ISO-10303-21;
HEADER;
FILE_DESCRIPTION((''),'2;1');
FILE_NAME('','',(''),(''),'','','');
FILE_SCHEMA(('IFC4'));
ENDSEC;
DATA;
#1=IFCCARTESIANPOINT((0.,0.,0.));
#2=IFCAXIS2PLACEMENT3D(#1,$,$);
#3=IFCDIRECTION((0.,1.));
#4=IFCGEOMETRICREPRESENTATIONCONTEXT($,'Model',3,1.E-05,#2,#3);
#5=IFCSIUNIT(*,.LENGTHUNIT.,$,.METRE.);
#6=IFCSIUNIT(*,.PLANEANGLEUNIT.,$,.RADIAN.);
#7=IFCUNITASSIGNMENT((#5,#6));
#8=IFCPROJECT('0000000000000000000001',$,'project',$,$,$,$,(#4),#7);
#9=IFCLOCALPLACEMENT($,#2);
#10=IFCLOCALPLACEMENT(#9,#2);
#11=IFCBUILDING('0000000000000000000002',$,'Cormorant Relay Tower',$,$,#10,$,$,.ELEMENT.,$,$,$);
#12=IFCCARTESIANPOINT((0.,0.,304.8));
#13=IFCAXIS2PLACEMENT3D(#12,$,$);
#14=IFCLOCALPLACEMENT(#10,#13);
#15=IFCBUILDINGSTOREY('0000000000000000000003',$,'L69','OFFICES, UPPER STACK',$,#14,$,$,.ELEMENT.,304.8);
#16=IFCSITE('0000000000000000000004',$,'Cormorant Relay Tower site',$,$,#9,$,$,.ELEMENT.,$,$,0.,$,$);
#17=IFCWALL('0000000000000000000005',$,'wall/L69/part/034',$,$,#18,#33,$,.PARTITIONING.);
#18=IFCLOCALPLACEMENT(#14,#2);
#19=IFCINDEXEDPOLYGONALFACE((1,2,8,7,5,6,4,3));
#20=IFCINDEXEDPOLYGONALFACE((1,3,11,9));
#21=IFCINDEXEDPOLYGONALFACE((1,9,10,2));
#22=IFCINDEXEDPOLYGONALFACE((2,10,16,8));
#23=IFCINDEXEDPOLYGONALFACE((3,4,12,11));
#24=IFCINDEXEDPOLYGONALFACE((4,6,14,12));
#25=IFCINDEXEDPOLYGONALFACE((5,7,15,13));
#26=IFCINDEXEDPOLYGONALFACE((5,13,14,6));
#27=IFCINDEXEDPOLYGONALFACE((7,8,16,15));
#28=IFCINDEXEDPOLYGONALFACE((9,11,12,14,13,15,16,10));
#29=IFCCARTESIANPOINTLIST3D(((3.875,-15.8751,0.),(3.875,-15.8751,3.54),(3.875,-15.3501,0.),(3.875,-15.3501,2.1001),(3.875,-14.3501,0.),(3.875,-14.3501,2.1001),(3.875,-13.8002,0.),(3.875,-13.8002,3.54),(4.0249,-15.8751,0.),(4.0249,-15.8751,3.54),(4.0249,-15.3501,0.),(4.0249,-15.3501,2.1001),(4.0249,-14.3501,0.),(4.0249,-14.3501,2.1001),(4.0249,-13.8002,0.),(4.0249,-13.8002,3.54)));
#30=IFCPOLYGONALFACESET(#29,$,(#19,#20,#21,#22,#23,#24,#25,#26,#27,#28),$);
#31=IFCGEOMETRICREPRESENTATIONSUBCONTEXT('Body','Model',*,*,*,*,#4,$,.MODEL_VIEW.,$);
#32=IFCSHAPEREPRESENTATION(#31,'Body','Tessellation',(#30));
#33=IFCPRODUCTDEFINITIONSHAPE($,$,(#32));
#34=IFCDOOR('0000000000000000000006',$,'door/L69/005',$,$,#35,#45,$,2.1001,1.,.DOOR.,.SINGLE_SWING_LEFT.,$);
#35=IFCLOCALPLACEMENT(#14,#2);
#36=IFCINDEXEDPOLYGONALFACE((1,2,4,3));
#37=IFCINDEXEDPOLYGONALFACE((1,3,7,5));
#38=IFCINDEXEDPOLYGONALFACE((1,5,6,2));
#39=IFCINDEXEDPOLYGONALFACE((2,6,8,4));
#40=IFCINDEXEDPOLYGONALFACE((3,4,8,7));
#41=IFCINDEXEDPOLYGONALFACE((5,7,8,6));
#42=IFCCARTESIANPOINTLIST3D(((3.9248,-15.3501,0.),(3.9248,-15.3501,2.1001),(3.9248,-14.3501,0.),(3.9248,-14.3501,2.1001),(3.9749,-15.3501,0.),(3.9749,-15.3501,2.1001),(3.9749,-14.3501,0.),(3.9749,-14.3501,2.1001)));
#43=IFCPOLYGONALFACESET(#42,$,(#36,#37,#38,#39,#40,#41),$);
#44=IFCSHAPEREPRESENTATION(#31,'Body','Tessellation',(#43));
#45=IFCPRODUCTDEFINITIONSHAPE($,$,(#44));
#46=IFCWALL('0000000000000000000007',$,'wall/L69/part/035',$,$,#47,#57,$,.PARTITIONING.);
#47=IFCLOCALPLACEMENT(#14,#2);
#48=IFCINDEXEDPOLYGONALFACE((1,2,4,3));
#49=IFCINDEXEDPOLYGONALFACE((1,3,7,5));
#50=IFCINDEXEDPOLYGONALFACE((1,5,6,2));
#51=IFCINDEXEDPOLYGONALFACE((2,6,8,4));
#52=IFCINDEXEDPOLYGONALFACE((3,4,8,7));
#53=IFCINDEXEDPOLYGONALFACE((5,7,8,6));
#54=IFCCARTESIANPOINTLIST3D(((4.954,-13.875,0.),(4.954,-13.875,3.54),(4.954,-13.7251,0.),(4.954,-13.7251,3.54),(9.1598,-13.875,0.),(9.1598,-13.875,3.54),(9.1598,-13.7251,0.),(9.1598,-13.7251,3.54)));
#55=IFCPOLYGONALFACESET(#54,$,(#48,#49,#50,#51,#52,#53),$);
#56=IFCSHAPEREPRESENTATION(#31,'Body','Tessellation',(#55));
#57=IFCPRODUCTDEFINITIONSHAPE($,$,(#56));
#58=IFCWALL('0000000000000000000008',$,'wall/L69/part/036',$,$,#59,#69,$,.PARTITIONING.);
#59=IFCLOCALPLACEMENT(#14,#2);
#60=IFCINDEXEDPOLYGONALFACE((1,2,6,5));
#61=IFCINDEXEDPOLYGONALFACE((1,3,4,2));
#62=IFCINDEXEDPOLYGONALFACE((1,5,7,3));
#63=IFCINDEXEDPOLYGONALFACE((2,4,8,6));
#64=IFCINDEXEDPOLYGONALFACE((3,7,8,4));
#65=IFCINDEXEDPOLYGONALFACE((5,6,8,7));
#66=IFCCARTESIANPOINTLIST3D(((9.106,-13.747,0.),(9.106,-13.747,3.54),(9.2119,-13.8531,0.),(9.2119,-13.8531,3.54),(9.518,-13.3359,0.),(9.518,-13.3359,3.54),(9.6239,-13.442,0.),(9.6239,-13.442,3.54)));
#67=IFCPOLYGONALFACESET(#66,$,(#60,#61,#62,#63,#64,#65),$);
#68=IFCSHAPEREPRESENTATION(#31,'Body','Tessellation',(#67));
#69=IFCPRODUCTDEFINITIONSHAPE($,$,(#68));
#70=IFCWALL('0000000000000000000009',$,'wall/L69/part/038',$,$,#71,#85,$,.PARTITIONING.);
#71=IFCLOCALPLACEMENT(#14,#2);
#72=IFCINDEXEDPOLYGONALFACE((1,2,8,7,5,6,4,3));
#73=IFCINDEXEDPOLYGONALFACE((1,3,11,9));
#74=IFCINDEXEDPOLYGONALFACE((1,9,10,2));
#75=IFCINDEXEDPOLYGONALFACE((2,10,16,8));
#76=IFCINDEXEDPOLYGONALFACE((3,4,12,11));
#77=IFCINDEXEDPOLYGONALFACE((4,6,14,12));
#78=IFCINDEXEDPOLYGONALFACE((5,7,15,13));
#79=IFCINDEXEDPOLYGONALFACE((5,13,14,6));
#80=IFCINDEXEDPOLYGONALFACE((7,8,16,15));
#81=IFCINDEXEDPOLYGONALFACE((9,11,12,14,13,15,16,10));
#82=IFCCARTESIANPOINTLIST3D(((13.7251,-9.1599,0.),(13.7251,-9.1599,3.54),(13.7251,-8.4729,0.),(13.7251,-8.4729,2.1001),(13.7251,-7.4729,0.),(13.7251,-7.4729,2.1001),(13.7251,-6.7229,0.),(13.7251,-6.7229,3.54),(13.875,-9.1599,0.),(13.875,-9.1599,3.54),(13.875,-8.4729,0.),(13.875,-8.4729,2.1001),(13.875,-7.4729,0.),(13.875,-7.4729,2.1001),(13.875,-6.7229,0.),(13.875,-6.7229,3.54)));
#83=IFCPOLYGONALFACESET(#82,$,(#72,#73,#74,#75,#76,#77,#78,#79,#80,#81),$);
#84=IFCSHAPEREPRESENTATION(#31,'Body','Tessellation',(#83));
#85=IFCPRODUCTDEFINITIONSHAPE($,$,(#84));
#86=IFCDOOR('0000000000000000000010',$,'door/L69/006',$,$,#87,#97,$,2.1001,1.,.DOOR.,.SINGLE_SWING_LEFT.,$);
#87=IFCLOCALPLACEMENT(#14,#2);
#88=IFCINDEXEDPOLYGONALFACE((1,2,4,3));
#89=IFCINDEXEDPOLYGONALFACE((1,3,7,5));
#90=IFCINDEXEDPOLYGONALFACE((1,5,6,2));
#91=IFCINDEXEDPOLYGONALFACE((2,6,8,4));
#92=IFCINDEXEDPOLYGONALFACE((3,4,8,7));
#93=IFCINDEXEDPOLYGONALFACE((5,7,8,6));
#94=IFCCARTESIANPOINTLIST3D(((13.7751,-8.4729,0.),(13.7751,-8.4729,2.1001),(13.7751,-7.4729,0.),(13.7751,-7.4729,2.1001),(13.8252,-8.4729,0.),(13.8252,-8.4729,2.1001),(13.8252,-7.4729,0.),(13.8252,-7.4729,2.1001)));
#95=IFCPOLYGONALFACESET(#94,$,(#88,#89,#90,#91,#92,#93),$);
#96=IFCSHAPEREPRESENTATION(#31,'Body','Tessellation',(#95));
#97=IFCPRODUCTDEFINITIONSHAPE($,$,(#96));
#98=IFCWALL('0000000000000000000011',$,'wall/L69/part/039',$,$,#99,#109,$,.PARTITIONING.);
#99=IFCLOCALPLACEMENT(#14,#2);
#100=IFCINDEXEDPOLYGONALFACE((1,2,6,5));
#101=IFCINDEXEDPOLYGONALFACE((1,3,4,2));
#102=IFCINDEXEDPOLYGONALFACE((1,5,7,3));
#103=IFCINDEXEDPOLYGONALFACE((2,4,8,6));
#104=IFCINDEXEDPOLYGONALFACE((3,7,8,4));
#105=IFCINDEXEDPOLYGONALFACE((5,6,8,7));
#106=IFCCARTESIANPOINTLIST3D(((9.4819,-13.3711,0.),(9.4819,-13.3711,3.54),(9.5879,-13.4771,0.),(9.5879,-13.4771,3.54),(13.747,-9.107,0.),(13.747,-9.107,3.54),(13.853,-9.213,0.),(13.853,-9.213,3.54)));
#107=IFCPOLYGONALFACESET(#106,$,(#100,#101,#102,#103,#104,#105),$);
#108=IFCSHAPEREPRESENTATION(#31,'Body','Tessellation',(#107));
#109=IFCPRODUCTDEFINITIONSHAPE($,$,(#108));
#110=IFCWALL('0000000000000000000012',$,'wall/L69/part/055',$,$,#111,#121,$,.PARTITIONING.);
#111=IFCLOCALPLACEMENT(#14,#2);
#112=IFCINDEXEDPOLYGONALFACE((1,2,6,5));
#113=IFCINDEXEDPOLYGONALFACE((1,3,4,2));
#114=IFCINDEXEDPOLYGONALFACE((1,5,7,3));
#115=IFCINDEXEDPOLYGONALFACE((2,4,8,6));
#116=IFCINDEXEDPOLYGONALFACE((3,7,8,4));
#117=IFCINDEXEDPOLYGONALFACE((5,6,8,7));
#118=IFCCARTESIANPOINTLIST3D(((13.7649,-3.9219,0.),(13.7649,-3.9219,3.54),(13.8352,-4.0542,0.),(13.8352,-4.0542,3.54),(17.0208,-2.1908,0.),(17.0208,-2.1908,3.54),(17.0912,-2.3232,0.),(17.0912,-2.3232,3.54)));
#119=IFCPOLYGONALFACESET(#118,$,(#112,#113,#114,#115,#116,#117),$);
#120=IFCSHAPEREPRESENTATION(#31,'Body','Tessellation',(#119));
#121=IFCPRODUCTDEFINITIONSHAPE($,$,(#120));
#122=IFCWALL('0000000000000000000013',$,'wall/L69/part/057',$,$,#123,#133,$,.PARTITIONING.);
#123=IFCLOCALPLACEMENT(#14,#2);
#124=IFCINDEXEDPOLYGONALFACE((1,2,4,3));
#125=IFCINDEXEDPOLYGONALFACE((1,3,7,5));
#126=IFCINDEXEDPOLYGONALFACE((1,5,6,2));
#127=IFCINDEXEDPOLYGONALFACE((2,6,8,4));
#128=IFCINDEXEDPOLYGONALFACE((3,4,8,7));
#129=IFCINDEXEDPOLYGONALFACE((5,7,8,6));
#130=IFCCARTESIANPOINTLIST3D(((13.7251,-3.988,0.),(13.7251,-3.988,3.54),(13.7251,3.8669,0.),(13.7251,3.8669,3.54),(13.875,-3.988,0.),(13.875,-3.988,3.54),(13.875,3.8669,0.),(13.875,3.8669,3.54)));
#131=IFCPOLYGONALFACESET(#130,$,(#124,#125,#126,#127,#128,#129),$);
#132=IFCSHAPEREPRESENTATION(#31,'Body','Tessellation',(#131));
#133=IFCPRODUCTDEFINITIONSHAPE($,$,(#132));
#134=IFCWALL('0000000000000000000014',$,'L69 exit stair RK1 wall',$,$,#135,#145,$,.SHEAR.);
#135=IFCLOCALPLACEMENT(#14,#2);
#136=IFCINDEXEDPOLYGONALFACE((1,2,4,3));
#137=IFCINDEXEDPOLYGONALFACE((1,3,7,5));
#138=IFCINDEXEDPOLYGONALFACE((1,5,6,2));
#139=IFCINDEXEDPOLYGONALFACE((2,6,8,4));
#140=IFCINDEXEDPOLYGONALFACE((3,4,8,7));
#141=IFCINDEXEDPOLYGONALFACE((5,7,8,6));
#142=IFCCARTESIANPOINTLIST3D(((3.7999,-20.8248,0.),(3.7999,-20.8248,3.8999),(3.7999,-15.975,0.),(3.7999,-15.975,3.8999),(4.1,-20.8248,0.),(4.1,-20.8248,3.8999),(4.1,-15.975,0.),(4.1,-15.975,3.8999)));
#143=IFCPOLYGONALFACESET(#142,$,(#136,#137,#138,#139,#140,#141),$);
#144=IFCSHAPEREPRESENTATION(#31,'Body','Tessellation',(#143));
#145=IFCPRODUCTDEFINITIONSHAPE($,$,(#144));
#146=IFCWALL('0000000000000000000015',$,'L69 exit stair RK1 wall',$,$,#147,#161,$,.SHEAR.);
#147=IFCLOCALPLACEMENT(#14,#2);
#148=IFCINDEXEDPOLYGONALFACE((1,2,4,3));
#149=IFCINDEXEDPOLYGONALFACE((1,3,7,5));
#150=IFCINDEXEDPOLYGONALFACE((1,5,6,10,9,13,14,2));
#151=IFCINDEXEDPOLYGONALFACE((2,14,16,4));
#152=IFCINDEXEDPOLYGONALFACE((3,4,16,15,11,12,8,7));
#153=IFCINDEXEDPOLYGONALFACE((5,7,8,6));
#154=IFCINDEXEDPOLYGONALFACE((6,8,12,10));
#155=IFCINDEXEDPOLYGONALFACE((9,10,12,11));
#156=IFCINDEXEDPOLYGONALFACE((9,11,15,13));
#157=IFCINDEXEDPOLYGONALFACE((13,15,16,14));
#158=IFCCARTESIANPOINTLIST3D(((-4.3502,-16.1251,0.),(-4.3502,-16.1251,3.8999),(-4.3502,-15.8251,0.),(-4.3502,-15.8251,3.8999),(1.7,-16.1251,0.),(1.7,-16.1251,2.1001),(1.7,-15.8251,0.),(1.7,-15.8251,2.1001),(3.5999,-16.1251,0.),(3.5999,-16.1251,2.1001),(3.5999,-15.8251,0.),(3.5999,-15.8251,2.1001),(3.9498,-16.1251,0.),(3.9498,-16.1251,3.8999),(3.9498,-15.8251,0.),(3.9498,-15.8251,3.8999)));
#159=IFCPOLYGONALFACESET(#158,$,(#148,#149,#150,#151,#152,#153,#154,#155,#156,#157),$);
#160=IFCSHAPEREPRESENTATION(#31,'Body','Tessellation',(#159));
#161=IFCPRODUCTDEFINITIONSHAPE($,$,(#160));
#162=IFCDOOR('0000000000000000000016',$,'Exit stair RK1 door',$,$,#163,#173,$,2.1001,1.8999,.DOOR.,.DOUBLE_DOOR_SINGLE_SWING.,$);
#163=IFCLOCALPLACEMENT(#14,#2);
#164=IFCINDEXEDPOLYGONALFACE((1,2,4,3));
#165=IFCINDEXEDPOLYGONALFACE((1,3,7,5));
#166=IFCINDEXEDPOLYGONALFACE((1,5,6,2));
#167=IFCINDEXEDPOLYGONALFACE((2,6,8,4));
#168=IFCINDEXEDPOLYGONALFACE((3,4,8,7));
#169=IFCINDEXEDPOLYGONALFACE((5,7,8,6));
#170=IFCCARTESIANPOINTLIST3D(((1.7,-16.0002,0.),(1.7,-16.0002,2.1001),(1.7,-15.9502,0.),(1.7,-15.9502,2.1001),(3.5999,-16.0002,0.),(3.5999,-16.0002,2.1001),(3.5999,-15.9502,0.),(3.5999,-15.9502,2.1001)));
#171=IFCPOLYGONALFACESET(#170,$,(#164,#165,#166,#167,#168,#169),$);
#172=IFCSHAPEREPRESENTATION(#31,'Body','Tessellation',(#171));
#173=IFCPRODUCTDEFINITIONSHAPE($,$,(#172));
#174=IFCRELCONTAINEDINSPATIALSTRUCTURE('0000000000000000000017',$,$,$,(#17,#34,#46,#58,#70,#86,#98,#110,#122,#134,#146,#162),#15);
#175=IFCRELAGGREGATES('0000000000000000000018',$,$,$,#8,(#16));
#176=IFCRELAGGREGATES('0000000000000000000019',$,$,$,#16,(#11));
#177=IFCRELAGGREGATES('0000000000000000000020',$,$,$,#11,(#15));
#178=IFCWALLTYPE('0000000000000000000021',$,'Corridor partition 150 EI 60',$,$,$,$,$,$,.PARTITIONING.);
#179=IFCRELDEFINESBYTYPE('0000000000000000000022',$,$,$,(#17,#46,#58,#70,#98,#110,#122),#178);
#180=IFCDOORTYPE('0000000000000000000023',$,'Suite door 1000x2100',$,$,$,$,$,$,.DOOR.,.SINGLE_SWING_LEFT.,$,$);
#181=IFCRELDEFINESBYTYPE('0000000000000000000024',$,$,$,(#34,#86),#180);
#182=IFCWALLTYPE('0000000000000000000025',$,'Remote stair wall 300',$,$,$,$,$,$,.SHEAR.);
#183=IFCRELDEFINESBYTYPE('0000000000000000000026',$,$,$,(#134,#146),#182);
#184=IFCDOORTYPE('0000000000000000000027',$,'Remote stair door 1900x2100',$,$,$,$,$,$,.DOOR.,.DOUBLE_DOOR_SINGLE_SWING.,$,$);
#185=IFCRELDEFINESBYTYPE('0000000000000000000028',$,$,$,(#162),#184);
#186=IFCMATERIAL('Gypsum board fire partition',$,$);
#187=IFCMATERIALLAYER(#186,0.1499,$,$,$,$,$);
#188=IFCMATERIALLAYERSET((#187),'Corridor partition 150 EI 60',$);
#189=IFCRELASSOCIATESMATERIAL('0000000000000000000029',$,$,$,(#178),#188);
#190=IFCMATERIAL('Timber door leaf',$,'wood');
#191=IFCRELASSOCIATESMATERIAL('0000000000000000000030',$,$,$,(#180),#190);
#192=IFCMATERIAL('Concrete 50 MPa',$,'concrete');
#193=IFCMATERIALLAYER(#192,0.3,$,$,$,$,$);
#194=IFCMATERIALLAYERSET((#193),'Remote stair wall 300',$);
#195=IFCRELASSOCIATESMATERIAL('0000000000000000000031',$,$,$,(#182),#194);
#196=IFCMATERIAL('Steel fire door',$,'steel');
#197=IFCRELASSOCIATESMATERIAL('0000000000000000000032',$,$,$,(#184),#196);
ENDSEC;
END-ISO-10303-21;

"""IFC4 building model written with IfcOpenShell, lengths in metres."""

from ifc_helpers import new_model, si_unit, direction, frame, frame_2d, origin, place, context, subcontext, project, spatial, rectangle, extrude, material, layer, layer_set, type_object, element, fill, save


model = new_model("IFC4")

# Units and contexts
model_context = context("Model", 3, precision=1e-05, world=origin(), true_north=direction((0.0, 1.0)))
body_context = subcontext(model_context, "Body", "Model", "MODEL_VIEW")
ifc_project = project(units=[si_unit("LENGTHUNIT", "METRE"), si_unit("PLANEANGLEUNIT", "RADIAN")], contexts=[model_context])

# Site, building, storey
site_placement = place(None, origin())
site = spatial("IfcSite", under=ifc_project, at=site_placement, Name="Cormorant Relay Tower site", CompositionType="ELEMENT", RefElevation=0.0)
building_placement = place(site_placement, origin())
building = spatial("IfcBuilding", under=site, at=building_placement, Name="Cormorant Relay Tower", CompositionType="ELEMENT")
storey_placement = place(building_placement, frame((0.0, 0.0, 304.8)))
storey = spatial("IfcBuildingStorey", under=building, at=storey_placement, Name="L69", Description="OFFICES, UPPER STACK", CompositionType="ELEMENT", Elevation=304.8)

# Shared definitions
ifc_material_1 = material(Name="Gypsum board fire partition")
ifc_layer_1 = layer(ifc_material_1, 0.1499)
ifc_layer_set_1 = layer_set([ifc_layer_1], Name="Corridor partition 150 EI 60")
wall_type_1 = type_object("IfcWallType", Name="Corridor partition 150 EI 60", PredefinedType="PARTITIONING", material=ifc_layer_set_1)

# Wall, opening, door
wall_1_placement = place(storey_placement, frame((3.95, -13.8, 0.0), z_axis=(0.0, 0.0, 1.0), x_axis=(0.0, -1.0, 0.0)))
wall_1 = element("IfcWall", 1, at=wall_1_placement, inside=storey, type_object=wall_type_1, Name="wall/L69/part/034", PredefinedType="PARTITIONING", context=body_context, shape_type="SweptSolid", body=[
    extrude(rectangle(XDim=2.075, YDim=0.1499, at=frame_2d((1.0376, 0.0))), origin(), (0.0, 0.0, 1.0), 3.54),
])
opening_1_placement = place(wall_1_placement, frame((0.55, 0.0, 0.0)))
opening_1 = element("IfcOpeningElement", 2, at=opening_1_placement, cuts=wall_1, PredefinedType="OPENING", context=body_context, shape_type="SweptSolid", body=[
    extrude(rectangle(XDim=1.0, YDim=2.1001, at=frame_2d((0.5, 1.05))), frame((0.0, 0.085, 0.0), z_axis=(0.0, -1.0, 0.0), x_axis=(1.0, 0.0, 0.0)), (0.0, 0.0, 1.0), 0.1699),
])
ifc_material_2 = material(Name="Timber door leaf", Category="wood")
door_type_1 = type_object("IfcDoorType", Name="Suite door 1000x2100", OperationType="SINGLE_SWING_LEFT", PredefinedType="DOOR", material=ifc_material_2)
door_1_placement = place(opening_1_placement, origin())
door_1 = element("IfcDoor", 3, at=door_1_placement, inside=storey, type_object=door_type_1, Name="door/L69/005", OperationType="SINGLE_SWING_LEFT", OverallHeight=2.1001, OverallWidth=1.0, PredefinedType="DOOR", context=body_context, shape_type="SweptSolid", body=[
    extrude(rectangle(XDim=1.0, YDim=2.1001, at=frame_2d((0.5, 1.05))), frame((0.0, 0.0249, 0.0), z_axis=(0.0, -1.0, 0.0), x_axis=(1.0, 0.0, 0.0)), (0.0, 0.0, 1.0), 0.05),
])
fill(opening_1, door_1)

# Walls
wall_2_placement = place(storey_placement, frame((9.1599, -13.8, 0.0), z_axis=(0.0, 0.0, 1.0), x_axis=(-1.0, 0.0, 0.0)))
element("IfcWall", 4, at=wall_2_placement, inside=storey, type_object=wall_type_1, Name="wall/L69/part/035", PredefinedType="PARTITIONING", context=body_context, shape_type="SweptSolid", body=[
    extrude(rectangle(XDim=4.2058, YDim=0.1499, at=frame_2d((2.103, 0.0))), origin(), (0.0, 0.0, 1.0), 3.54),
])
wall_3_placement = place(storey_placement, frame((9.1589, -13.8, 0.0), z_axis=(0.0, 0.0, 1.0), x_axis=(0.707945, 0.706267, 0.0)))
element("IfcWall", 5, at=wall_3_placement, inside=storey, type_object=wall_type_1, Name="wall/L69/part/036", PredefinedType="PARTITIONING", context=body_context, shape_type="SweptSolid", body=[
    extrude(rectangle(XDim=0.582, YDim=0.1499, at=frame_2d((0.291, 0.0))), origin(), (0.0, 0.0, 1.0), 3.54),
])

# Wall, opening, door
wall_4_placement = place(storey_placement, frame((13.8, -6.7229, 0.0), z_axis=(0.0, 0.0, 1.0), x_axis=(0.0, -1.0, 0.0)))
wall_4 = element("IfcWall", 6, at=wall_4_placement, inside=storey, type_object=wall_type_1, Name="wall/L69/part/038", PredefinedType="PARTITIONING", context=body_context, shape_type="SweptSolid", body=[
    extrude(rectangle(XDim=2.437, YDim=0.1499, at=frame_2d((1.2185, 0.0))), origin(), (0.0, 0.0, 1.0), 3.54),
])
opening_2_placement = place(wall_4_placement, frame((0.75, 0.0, 0.0)))
opening_2 = element("IfcOpeningElement", 7, at=opening_2_placement, cuts=wall_4, PredefinedType="OPENING", context=body_context, shape_type="SweptSolid", body=[
    extrude(rectangle(XDim=1.0, YDim=2.1001, at=frame_2d((0.5, 1.05))), frame((0.0, 0.085, 0.0), z_axis=(0.0, -1.0, 0.0), x_axis=(1.0, 0.0, 0.0)), (0.0, 0.0, 1.0), 0.1699),
])
door_2_placement = place(opening_2_placement, frame((1.0, 0.0, 0.0), z_axis=(0.0, 0.0, 1.0), x_axis=(-1.0, 0.0, 0.0)))
door_2 = element("IfcDoor", 8, at=door_2_placement, inside=storey, type_object=door_type_1, Name="door/L69/006", OperationType="SINGLE_SWING_LEFT", OverallHeight=2.1001, OverallWidth=1.0, PredefinedType="DOOR", context=body_context, shape_type="SweptSolid", body=[
    extrude(rectangle(XDim=1.0, YDim=2.1001, at=frame_2d((0.5, 1.05))), frame((0.0, 0.0249, 0.0), z_axis=(0.0, -1.0, 0.0), x_axis=(1.0, 0.0, 0.0)), (0.0, 0.0, 1.0), 0.05),
])
fill(opening_2, door_2)

# Walls
wall_5_placement = place(storey_placement, frame((13.8, -9.1599, 0.0), z_axis=(0.0, 0.0, 1.0), x_axis=(-0.707188, -0.707026, 0.0)))
element("IfcWall", 9, at=wall_5_placement, inside=storey, type_object=wall_type_1, Name="wall/L69/part/039", PredefinedType="PARTITIONING", context=body_context, shape_type="SweptSolid", body=[
    extrude(rectangle(XDim=6.031, YDim=0.1499, at=frame_2d((3.0156, 0.0))), origin(), (0.0, 0.0, 1.0), 3.54),
])
wall_6_placement = place(storey_placement, frame((13.8, -3.988, 0.0), z_axis=(0.0, 0.0, 1.0), x_axis=(0.882972, 0.469426, 0.0)))
element("IfcWall", 10, at=wall_6_placement, inside=storey, type_object=wall_type_1, Name="wall/L69/part/055", PredefinedType="PARTITIONING", context=body_context, shape_type="SweptSolid", body=[
    extrude(rectangle(XDim=3.6875, YDim=0.1499, at=frame_2d((1.8438, 0.0))), origin(), (0.0, 0.0, 1.0), 3.54),
])
wall_7_placement = place(storey_placement, frame((13.8, 3.8669, 0.0), z_axis=(0.0, 0.0, 1.0), x_axis=(0.0, -1.0, 0.0)))
element("IfcWall", 11, at=wall_7_placement, inside=storey, type_object=wall_type_1, Name="wall/L69/part/057", PredefinedType="PARTITIONING", context=body_context, shape_type="SweptSolid", body=[
    extrude(rectangle(XDim=7.855, YDim=0.1499, at=frame_2d((3.9275, 0.0))), origin(), (0.0, 0.0, 1.0), 3.54),
])
ifc_material_3 = material(Name="Concrete 50 MPa", Category="concrete")
ifc_layer_2 = layer(ifc_material_3, 0.3)
ifc_layer_set_2 = layer_set([ifc_layer_2], Name="Remote stair wall 300")
wall_type_2 = type_object("IfcWallType", Name="Remote stair wall 300", PredefinedType="SHEAR", material=ifc_layer_set_2)
wall_8_placement = place(storey_placement, frame((3.95, -15.9751, 0.0), z_axis=(0.0, 0.0, 1.0), x_axis=(0.0, -1.0, 0.0)))
element("IfcWall", 12, at=wall_8_placement, inside=storey, type_object=wall_type_2, Name="L69 exit stair RK1 wall", PredefinedType="SHEAR", context=body_context, shape_type="SweptSolid", body=[
    extrude(rectangle(XDim=4.8499, YDim=0.3, at=frame_2d((2.4248, 0.0))), origin(), (0.0, 0.0, 1.0), 3.8999),
])

# Wall, opening, door
wall_9_placement = place(storey_placement, frame((-4.3501, -15.9751, 0.0), z_axis=(0.0, 0.0, 1.0), x_axis=(1.0, 0.0, 0.0)))
wall_9 = element("IfcWall", 13, at=wall_9_placement, inside=storey, type_object=wall_type_2, Name="L69 exit stair RK1 wall", PredefinedType="SHEAR", context=body_context, shape_type="SweptSolid", body=[
    extrude(rectangle(XDim=8.3, YDim=0.3, at=frame_2d((4.1499, 0.0))), origin(), (0.0, 0.0, 1.0), 3.8999),
])
opening_3_placement = place(wall_9_placement, frame((6.05, 0.0, 0.0)))
opening_3 = element("IfcOpeningElement", 14, at=opening_3_placement, cuts=wall_9, PredefinedType="OPENING", context=body_context, shape_type="SweptSolid", body=[
    extrude(rectangle(XDim=1.8999, YDim=2.1001, at=frame_2d((0.95, 1.05))), frame((0.0, 0.1599, 0.0), z_axis=(0.0, -1.0, 0.0), x_axis=(1.0, 0.0, 0.0)), (0.0, 0.0, 1.0), 0.3201),
])
ifc_material_4 = material(Name="Steel fire door", Category="steel")
door_type_2 = type_object("IfcDoorType", Name="Remote stair door 1900x2100", OperationType="DOUBLE_DOOR_SINGLE_SWING", PredefinedType="DOOR", material=ifc_material_4)
door_3_placement = place(opening_3_placement, origin())
door_3 = element("IfcDoor", 15, at=door_3_placement, inside=storey, type_object=door_type_2, Name="Exit stair RK1 door", OperationType="DOUBLE_DOOR_SINGLE_SWING", OverallHeight=2.1001, OverallWidth=1.8999, PredefinedType="DOOR", context=body_context, shape_type="SweptSolid", body=[
    extrude(rectangle(XDim=1.8999, YDim=2.1001, at=frame_2d((0.95, 1.05))), frame((0.0, 0.0249, 0.0), z_axis=(0.0, -1.0, 0.0), x_axis=(1.0, 0.0, 0.0)), (0.0, 0.0, 1.0), 0.05),
])
fill(opening_3, door_3)

save(model, "model.ifc")
